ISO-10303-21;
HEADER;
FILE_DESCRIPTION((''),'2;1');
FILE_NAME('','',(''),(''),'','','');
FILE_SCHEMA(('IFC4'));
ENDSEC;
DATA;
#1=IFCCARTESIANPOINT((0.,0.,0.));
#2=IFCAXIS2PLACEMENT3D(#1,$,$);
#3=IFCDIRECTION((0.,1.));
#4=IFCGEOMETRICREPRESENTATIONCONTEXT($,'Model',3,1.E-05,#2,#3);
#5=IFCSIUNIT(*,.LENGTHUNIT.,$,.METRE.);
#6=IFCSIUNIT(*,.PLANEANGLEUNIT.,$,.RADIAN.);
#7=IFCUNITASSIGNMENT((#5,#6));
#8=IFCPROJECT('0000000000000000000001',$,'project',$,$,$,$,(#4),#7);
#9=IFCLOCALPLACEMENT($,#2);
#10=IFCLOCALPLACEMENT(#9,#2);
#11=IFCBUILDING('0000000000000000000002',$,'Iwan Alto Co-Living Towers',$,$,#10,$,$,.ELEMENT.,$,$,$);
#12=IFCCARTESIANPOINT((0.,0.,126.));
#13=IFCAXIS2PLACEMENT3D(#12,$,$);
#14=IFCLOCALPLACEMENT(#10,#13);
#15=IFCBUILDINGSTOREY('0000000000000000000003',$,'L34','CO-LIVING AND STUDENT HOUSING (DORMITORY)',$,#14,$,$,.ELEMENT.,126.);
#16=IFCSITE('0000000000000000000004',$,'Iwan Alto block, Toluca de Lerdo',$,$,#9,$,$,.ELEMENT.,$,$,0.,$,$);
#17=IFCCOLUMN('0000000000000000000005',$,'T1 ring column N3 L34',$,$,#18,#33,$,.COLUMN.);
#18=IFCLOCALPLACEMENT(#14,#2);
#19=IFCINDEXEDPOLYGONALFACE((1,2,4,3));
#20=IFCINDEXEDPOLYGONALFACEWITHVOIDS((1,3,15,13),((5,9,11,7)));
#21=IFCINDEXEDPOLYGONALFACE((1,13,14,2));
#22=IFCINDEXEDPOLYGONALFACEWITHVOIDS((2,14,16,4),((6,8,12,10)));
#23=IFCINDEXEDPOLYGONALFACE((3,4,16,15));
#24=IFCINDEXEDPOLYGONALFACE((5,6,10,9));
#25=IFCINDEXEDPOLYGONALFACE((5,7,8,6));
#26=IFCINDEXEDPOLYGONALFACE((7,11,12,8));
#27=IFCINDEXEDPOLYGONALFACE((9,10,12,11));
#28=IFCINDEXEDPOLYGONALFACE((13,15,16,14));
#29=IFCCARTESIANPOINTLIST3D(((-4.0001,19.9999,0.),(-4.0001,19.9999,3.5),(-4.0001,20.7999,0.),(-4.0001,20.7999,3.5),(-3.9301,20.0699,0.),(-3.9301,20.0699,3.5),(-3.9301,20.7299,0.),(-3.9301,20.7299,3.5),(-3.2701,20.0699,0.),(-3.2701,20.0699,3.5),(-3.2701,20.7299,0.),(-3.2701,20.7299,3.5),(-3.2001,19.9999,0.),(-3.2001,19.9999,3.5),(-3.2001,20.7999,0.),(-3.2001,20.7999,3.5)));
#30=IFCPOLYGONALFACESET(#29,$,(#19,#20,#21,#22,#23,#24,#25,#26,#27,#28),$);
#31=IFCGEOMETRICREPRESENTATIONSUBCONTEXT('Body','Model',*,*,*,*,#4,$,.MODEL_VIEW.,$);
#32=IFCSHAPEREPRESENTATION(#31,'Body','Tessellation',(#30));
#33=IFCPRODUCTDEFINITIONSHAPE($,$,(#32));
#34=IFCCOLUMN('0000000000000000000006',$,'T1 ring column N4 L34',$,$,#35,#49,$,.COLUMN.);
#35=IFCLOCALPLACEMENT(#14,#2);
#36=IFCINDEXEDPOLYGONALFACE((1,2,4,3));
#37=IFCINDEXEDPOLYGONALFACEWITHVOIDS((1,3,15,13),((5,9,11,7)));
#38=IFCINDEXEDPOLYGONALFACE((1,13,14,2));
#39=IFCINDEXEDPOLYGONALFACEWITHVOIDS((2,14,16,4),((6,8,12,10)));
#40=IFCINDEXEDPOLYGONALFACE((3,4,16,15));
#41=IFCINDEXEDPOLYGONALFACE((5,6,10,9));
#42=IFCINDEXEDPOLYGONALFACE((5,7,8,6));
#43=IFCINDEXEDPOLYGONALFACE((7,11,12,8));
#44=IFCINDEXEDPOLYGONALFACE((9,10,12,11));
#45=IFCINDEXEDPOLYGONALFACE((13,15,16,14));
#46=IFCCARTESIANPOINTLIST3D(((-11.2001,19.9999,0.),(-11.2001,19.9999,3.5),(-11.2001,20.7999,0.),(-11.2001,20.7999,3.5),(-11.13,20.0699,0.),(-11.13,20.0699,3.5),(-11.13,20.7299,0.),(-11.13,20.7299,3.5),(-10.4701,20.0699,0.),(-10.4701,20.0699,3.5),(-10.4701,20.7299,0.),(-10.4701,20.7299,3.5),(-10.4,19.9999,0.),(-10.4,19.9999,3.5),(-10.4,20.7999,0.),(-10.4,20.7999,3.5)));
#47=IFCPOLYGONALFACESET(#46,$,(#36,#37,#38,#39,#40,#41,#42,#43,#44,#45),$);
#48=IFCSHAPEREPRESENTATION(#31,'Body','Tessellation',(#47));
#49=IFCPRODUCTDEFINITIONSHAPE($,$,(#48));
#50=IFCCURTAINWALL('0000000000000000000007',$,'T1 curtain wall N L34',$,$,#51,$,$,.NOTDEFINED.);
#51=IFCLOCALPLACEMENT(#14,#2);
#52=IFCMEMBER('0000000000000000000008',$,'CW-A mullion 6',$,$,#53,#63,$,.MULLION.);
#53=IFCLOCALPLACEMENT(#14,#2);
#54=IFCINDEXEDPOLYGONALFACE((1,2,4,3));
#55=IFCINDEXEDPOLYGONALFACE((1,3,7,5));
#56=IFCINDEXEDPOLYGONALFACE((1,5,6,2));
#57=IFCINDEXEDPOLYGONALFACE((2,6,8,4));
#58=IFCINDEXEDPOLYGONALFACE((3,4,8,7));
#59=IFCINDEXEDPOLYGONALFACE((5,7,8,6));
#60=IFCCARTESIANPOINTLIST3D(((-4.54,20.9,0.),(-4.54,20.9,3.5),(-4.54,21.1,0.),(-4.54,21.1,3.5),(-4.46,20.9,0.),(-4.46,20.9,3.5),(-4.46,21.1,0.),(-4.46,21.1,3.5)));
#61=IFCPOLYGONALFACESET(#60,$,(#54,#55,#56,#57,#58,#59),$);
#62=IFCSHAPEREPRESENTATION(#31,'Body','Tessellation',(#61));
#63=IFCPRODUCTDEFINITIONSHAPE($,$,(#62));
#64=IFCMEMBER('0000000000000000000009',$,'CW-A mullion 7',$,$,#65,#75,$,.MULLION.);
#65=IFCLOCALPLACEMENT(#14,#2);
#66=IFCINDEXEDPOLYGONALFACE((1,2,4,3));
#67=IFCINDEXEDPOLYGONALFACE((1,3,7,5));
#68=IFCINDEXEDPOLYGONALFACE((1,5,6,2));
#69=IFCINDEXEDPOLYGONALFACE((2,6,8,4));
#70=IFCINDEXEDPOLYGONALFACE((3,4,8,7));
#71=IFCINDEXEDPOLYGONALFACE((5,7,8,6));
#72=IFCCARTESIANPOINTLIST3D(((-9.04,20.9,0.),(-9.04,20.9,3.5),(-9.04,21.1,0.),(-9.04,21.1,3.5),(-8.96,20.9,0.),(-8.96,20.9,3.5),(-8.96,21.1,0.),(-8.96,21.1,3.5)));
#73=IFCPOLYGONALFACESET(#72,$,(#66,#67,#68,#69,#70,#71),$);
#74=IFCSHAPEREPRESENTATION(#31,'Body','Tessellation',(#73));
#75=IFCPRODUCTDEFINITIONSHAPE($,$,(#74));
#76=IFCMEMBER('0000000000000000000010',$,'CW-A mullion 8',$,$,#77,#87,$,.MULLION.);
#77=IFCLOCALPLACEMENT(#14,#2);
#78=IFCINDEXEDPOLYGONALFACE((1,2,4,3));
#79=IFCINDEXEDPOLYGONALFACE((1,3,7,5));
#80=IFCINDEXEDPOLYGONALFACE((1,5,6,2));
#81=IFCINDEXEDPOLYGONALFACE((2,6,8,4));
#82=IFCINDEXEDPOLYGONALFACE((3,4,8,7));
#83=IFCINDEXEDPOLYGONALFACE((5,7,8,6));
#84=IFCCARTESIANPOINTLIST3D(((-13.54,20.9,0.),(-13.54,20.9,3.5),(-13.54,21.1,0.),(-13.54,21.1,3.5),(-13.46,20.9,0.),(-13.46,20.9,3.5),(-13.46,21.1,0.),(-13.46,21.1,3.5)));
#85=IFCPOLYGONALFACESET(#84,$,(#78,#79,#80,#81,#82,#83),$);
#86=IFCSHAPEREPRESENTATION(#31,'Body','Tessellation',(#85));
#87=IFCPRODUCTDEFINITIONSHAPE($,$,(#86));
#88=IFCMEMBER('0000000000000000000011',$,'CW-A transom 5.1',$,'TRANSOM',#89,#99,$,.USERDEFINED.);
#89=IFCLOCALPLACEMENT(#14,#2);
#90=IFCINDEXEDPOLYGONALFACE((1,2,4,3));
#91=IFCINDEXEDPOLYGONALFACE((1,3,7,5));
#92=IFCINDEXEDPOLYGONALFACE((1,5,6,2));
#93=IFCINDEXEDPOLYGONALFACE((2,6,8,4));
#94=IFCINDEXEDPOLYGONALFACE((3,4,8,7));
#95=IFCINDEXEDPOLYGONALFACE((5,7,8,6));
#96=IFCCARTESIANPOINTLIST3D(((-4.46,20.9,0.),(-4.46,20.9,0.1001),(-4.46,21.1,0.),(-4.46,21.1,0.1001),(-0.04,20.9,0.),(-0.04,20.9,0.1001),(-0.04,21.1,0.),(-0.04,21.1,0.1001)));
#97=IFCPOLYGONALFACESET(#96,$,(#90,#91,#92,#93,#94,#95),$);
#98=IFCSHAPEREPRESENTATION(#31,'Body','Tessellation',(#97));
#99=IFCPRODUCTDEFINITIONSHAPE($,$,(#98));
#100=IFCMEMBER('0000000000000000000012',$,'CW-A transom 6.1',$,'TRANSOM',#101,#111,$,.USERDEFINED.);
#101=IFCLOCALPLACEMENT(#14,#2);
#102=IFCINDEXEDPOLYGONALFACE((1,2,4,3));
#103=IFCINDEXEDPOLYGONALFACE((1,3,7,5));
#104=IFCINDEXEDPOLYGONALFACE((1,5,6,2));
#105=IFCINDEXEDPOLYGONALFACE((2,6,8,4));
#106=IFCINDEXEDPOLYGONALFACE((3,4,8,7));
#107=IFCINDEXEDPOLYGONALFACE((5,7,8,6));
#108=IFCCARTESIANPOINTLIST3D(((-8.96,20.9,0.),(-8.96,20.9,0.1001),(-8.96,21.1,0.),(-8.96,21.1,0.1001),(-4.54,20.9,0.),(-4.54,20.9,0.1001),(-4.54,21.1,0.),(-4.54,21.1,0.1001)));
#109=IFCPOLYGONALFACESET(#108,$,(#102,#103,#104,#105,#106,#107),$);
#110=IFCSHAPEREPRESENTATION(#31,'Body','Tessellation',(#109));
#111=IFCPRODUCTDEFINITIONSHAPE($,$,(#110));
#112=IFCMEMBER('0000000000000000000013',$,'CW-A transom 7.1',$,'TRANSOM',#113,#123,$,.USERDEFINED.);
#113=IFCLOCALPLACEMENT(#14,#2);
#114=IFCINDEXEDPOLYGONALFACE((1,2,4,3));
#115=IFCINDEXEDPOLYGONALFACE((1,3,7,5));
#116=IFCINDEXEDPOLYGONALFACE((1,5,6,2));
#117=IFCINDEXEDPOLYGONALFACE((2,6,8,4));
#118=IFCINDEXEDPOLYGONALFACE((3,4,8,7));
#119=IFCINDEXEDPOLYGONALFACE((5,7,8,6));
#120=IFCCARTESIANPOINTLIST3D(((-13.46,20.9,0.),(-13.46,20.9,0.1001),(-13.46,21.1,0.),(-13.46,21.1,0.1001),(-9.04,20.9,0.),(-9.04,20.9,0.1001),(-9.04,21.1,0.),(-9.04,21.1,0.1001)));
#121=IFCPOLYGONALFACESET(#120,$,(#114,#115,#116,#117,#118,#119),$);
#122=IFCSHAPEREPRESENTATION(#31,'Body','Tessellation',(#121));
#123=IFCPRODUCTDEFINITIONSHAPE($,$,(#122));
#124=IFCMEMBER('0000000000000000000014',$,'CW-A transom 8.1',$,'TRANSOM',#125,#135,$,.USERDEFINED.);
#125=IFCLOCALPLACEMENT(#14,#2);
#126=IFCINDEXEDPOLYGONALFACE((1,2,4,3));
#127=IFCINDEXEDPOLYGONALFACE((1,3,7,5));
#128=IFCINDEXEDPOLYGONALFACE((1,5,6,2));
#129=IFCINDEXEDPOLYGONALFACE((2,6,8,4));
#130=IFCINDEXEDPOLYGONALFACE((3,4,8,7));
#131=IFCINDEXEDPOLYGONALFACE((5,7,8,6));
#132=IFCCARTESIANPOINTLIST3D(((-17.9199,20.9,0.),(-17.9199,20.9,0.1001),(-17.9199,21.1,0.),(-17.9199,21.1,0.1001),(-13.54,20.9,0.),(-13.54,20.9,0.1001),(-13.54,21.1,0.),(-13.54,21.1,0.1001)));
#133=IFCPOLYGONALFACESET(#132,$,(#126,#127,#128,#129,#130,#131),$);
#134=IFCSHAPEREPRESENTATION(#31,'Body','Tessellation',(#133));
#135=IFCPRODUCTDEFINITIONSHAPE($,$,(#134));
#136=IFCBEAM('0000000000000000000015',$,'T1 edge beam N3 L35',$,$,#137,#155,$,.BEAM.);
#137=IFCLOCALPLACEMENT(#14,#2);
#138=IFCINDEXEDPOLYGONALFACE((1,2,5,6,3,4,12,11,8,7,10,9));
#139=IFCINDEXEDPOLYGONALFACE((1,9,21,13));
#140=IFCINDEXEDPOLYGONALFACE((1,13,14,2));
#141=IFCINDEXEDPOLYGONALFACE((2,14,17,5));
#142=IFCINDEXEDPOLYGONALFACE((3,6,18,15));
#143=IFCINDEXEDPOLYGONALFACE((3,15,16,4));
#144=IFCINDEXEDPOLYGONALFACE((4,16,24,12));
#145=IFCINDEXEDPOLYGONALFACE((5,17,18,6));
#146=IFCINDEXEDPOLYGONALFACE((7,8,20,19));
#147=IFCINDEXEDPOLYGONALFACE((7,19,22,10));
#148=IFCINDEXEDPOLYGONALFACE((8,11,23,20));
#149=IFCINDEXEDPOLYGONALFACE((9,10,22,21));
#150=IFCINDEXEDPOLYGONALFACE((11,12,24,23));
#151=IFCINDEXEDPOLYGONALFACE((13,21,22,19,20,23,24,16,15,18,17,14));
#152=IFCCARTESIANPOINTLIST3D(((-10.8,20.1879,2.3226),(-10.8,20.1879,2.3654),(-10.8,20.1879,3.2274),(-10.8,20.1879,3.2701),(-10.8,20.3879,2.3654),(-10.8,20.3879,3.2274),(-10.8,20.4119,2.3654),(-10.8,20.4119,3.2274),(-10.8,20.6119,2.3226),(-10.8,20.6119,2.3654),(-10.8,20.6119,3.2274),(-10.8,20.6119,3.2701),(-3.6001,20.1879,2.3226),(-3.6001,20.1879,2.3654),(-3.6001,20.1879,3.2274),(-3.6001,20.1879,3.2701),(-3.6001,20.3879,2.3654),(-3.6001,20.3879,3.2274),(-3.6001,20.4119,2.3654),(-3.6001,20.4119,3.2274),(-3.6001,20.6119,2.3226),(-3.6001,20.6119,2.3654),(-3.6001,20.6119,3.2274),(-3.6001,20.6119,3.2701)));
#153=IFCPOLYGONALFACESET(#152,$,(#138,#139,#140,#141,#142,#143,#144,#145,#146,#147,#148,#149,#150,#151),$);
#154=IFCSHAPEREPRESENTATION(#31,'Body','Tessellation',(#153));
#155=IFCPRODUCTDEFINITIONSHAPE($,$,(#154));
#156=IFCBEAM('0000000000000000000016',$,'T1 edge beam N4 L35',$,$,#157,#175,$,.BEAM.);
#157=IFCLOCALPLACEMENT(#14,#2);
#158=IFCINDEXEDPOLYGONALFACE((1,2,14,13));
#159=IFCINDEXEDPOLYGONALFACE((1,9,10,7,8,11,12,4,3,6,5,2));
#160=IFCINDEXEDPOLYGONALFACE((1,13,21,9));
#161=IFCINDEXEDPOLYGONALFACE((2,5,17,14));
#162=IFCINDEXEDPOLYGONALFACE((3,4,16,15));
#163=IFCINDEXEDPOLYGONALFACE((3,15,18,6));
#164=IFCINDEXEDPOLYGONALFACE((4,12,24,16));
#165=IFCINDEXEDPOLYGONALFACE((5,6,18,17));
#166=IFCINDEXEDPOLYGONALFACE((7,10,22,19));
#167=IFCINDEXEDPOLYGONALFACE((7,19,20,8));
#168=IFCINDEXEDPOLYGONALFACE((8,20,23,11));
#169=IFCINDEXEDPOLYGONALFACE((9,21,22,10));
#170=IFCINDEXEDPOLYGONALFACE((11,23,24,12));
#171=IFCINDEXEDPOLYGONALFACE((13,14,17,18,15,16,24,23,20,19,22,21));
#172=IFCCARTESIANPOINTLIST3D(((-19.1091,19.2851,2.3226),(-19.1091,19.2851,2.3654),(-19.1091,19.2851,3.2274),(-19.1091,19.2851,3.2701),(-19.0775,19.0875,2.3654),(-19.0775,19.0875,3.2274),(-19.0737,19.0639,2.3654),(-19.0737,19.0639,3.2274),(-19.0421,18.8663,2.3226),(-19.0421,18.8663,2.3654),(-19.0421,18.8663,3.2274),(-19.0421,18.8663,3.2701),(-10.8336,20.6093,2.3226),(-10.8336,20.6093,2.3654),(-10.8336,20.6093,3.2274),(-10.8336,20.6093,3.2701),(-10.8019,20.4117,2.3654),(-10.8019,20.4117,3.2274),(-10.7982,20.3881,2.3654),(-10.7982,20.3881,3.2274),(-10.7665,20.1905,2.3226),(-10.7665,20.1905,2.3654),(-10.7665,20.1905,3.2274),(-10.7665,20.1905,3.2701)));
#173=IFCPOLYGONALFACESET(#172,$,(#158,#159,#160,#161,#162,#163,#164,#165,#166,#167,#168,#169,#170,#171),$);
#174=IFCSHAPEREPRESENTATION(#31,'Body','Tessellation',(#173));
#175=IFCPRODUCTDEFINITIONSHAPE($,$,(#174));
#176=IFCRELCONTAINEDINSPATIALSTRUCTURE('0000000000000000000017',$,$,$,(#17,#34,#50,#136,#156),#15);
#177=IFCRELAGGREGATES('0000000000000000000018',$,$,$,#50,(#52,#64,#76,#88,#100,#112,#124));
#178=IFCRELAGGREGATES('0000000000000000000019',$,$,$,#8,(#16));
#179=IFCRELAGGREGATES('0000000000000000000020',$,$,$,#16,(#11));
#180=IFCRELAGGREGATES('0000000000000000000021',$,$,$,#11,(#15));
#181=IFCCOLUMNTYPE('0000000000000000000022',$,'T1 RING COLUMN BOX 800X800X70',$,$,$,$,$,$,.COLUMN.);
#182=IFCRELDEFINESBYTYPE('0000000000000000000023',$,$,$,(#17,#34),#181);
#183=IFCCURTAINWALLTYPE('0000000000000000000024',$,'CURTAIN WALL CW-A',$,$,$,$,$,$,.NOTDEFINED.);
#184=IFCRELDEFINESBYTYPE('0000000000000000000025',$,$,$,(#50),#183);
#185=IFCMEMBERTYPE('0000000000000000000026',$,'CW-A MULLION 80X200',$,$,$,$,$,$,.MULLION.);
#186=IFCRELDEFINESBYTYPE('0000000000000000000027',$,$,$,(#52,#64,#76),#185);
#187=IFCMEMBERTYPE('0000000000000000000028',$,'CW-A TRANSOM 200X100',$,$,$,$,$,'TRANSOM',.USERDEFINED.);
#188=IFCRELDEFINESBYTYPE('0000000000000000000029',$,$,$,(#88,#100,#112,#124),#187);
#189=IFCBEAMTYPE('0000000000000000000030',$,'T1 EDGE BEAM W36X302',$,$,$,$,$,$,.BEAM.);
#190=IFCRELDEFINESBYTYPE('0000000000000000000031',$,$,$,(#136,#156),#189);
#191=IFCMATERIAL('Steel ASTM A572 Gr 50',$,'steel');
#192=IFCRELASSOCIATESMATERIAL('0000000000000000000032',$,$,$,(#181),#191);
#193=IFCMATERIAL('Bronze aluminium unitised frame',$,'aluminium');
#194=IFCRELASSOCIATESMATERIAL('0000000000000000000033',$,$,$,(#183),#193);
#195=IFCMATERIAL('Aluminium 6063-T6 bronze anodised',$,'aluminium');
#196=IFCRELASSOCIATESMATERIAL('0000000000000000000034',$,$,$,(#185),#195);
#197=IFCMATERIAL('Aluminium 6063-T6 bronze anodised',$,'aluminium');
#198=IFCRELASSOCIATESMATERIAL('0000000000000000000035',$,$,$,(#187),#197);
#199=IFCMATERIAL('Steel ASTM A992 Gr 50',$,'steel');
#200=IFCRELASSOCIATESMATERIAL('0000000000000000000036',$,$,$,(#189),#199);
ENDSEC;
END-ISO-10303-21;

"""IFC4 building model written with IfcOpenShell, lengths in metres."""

from ifc_helpers import new_model, si_unit, direction, frame, origin, origin_2d, place, context, subcontext, project, spatial, rectangle, hollow_rectangle, i_section, extrude, material, material_profile, profile_set, type_object, element, aggregate, save


model = new_model("IFC4")

# Units and contexts
model_context = context("Model", 3, precision=1e-05, world=origin(), true_north=direction((0.0, 1.0)))
body_context = subcontext(model_context, "Body", "Model", "MODEL_VIEW")
ifc_project = project(units=[si_unit("LENGTHUNIT", "METRE"), si_unit("PLANEANGLEUNIT", "RADIAN")], contexts=[model_context])

# Site, building, storey
site_placement = place(None, origin())
site = spatial("IfcSite", under=ifc_project, at=site_placement, Name="Iwan Alto block, Toluca de Lerdo", CompositionType="ELEMENT", RefElevation=0.0)
building_placement = place(site_placement, origin())
building = spatial("IfcBuilding", under=site, at=building_placement, Name="Iwan Alto Co-Living Towers", CompositionType="ELEMENT")
storey_placement = place(building_placement, frame((0.0, 0.0, 126.0)))
storey = spatial("IfcBuildingStorey", under=building, at=storey_placement, Name="L34", Description="CO-LIVING AND STUDENT HOUSING (DORMITORY)", CompositionType="ELEMENT", Elevation=126.0)

# Columns
ifc_material_1 = material(Name="Steel ASTM A572 Gr 50", Category="steel")
ifc_material_profile_1 = material_profile(ifc_material_1, hollow_rectangle(XDim=0.8, YDim=0.8, WallThickness=0.0701, at=origin_2d()), Name="BOX 800X800X70")
ifc_profile_set_1 = profile_set([ifc_material_profile_1], Name="Steel ASTM A572 Gr 50")
column_type = type_object("IfcColumnType", Name="T1 RING COLUMN BOX 800X800X70", PredefinedType="COLUMN", material=ifc_profile_set_1)
for number, where, z_axis, x_axis, name in (
    (1, (-3.6001, 20.3999, 0.0), (0.0, 0.0, 1.0), (1.0, 0.0, 0.0), "T1 ring column N3 L34"),
    (2, (-10.8, 20.3999, 0.0), (0.0, 0.0, 1.0), (1.0, 0.0, 0.0), "T1 ring column N4 L34"),
):
    element("IfcColumn", number, at=place(storey_placement, frame(where, z_axis=z_axis, x_axis=x_axis)), inside=storey, type_object=column_type, Name=name, PredefinedType="COLUMN", context=body_context, shape_type="SweptSolid", body=[
        extrude(hollow_rectangle(XDim=0.8, YDim=0.8, WallThickness=0.0701, at=origin_2d()), origin(), (0.0, 0.0, 1.0), 3.5),
    ])

# Curtain wall, members
ifc_material_2 = material(Name="Bronze aluminium unitised frame", Category="aluminium")
curtain_wall_type = type_object("IfcCurtainWallType", Name="CURTAIN WALL CW-A", PredefinedType="NOTDEFINED", material=ifc_material_2)
curtain_wall_placement = place(storey_placement, origin())
curtain_wall = element("IfcCurtainWall", 3, at=curtain_wall_placement, inside=storey, type_object=curtain_wall_type, Name="T1 curtain wall N L34", PredefinedType="NOTDEFINED")
ifc_material_3 = material(Name="Aluminium 6063-T6 bronze anodised", Category="aluminium")
ifc_material_profile_2 = material_profile(ifc_material_3, rectangle(XDim=0.2, YDim=0.0801, at=origin_2d()), Name="AL 80X200")
ifc_profile_set_2 = profile_set([ifc_material_profile_2], Name="Aluminium 6063-T6 bronze anodised")
member_type_1 = type_object("IfcMemberType", Name="CW-A MULLION 80X200", PredefinedType="MULLION", material=ifc_profile_set_2)
member_1_placement = place(storey_placement, frame((-4.5, 21.0, 0.0), z_axis=(0.0, 0.0, 1.0), x_axis=(0.0, -1.0, 0.0)))
member_1 = element("IfcMember", 4, at=member_1_placement, type_object=member_type_1, Name="CW-A mullion 6", PredefinedType="MULLION", context=body_context, shape_type="SweptSolid", body=[
    extrude(rectangle(XDim=0.2, YDim=0.0801, at=origin_2d()), origin(), (0.0, 0.0, 1.0), 3.5),
])
member_2_placement = place(storey_placement, frame((-9.0, 21.0, 0.0), z_axis=(0.0, 0.0, 1.0), x_axis=(0.0, -1.0, 0.0)))
member_2 = element("IfcMember", 5, at=member_2_placement, type_object=member_type_1, Name="CW-A mullion 7", PredefinedType="MULLION", context=body_context, shape_type="SweptSolid", body=[
    extrude(rectangle(XDim=0.2, YDim=0.0801, at=origin_2d()), origin(), (0.0, 0.0, 1.0), 3.5),
])
member_3_placement = place(storey_placement, frame((-13.5, 21.0, 0.0), z_axis=(0.0, 0.0, 1.0), x_axis=(0.0, -1.0, 0.0)))
member_3 = element("IfcMember", 6, at=member_3_placement, type_object=member_type_1, Name="CW-A mullion 8", PredefinedType="MULLION", context=body_context, shape_type="SweptSolid", body=[
    extrude(rectangle(XDim=0.2, YDim=0.0801, at=origin_2d()), origin(), (0.0, 0.0, 1.0), 3.5),
])
ifc_material_4 = material(Name="Aluminium 6063-T6 bronze anodised", Category="aluminium")
ifc_material_profile_3 = material_profile(ifc_material_4, rectangle(XDim=0.2, YDim=0.1001, at=origin_2d()), Name="AL 200X100")
ifc_profile_set_3 = profile_set([ifc_material_profile_3], Name="Aluminium 6063-T6 bronze anodised")
member_type_2 = type_object("IfcMemberType", Name="CW-A TRANSOM 200X100", ElementType="TRANSOM", PredefinedType="USERDEFINED", material=ifc_profile_set_3)
member_4_placement = place(storey_placement, frame((-0.04, 21.0, 0.05), z_axis=(-1.0, 0.0, 0.0), x_axis=(0.0, -1.0, 0.0)))
member_4 = element("IfcMember", 7, at=member_4_placement, type_object=member_type_2, Name="CW-A transom 5.1", ObjectType="TRANSOM", PredefinedType="USERDEFINED", context=body_context, shape_type="SweptSolid", body=[
    extrude(rectangle(XDim=0.2, YDim=0.1001, at=origin_2d()), origin(), (0.0, 0.0, 1.0), 4.4199),
])
member_5_placement = place(storey_placement, frame((-4.54, 21.0, 0.05), z_axis=(-1.0, 0.0, 0.0), x_axis=(0.0, -1.0, 0.0)))
member_5 = element("IfcMember", 8, at=member_5_placement, type_object=member_type_2, Name="CW-A transom 6.1", ObjectType="TRANSOM", PredefinedType="USERDEFINED", context=body_context, shape_type="SweptSolid", body=[
    extrude(rectangle(XDim=0.2, YDim=0.1001, at=origin_2d()), origin(), (0.0, 0.0, 1.0), 4.4199),
])
member_6_placement = place(storey_placement, frame((-9.04, 21.0, 0.05), z_axis=(-1.0, 0.0, 0.0), x_axis=(0.0, -1.0, 0.0)))
member_6 = element("IfcMember", 9, at=member_6_placement, type_object=member_type_2, Name="CW-A transom 7.1", ObjectType="TRANSOM", PredefinedType="USERDEFINED", context=body_context, shape_type="SweptSolid", body=[
    extrude(rectangle(XDim=0.2, YDim=0.1001, at=origin_2d()), origin(), (0.0, 0.0, 1.0), 4.4199),
])
member_7_placement = place(storey_placement, frame((-13.54, 21.0, 0.05), z_axis=(-1.0, 0.0, 0.0), x_axis=(0.0, -1.0, 0.0)))
member_7 = element("IfcMember", 10, at=member_7_placement, type_object=member_type_2, Name="CW-A transom 8.1", ObjectType="TRANSOM", PredefinedType="USERDEFINED", context=body_context, shape_type="SweptSolid", body=[
    extrude(rectangle(XDim=0.2, YDim=0.1001, at=origin_2d()), origin(), (0.0, 0.0, 1.0), 4.3799),
])

# Beams
ifc_material_5 = material(Name="Steel ASTM A992 Gr 50", Category="steel")
ifc_material_profile_4 = material_profile(ifc_material_5, i_section(OverallWidth=0.4241, OverallDepth=0.9475, WebThickness=0.0239, FlangeThickness=0.0427, at=origin_2d()), Name="W36X302")
ifc_profile_set_4 = profile_set([ifc_material_profile_4], Name="Steel ASTM A992 Gr 50")
beam_type_1 = type_object("IfcBeamType", Name="T1 EDGE BEAM W36X302", PredefinedType="BEAM", material=ifc_profile_set_4)
beam_1_placement = place(storey_placement, frame((-3.6001, 20.3999, 2.7964), z_axis=(-1.0, 0.0, 0.0), x_axis=(0.0, -1.0, 0.0)))
element("IfcBeam", 11, at=beam_1_placement, inside=storey, type_object=beam_type_1, Name="T1 edge beam N3 L35", PredefinedType="BEAM", context=body_context, shape_type="SweptSolid", body=[
    extrude(i_section(OverallWidth=0.4241, OverallDepth=0.9475, WebThickness=0.0239, FlangeThickness=0.0427, at=origin_2d()), origin(), (0.0, 0.0, 1.0), 7.2),
])
beam_2_placement = place(storey_placement, frame((-10.8, 20.3999, 2.7964), z_axis=(-0.987438, -0.158004, 0.0), x_axis=(0.158004, -0.987438, 0.0)))
element("IfcBeam", 12, at=beam_2_placement, inside=storey, type_object=beam_type_1, Name="T1 edge beam N4 L35", PredefinedType="BEAM", context=body_context, shape_type="SweptSolid", body=[
    extrude(i_section(OverallWidth=0.4241, OverallDepth=0.9475, WebThickness=0.0239, FlangeThickness=0.0427, at=origin_2d()), origin(), (0.0, 0.0, 1.0), 8.3809),
])

aggregate(curtain_wall, [member_1, member_2, member_3, member_4, member_5, member_6, member_7])

save(model, "model.ifc")
